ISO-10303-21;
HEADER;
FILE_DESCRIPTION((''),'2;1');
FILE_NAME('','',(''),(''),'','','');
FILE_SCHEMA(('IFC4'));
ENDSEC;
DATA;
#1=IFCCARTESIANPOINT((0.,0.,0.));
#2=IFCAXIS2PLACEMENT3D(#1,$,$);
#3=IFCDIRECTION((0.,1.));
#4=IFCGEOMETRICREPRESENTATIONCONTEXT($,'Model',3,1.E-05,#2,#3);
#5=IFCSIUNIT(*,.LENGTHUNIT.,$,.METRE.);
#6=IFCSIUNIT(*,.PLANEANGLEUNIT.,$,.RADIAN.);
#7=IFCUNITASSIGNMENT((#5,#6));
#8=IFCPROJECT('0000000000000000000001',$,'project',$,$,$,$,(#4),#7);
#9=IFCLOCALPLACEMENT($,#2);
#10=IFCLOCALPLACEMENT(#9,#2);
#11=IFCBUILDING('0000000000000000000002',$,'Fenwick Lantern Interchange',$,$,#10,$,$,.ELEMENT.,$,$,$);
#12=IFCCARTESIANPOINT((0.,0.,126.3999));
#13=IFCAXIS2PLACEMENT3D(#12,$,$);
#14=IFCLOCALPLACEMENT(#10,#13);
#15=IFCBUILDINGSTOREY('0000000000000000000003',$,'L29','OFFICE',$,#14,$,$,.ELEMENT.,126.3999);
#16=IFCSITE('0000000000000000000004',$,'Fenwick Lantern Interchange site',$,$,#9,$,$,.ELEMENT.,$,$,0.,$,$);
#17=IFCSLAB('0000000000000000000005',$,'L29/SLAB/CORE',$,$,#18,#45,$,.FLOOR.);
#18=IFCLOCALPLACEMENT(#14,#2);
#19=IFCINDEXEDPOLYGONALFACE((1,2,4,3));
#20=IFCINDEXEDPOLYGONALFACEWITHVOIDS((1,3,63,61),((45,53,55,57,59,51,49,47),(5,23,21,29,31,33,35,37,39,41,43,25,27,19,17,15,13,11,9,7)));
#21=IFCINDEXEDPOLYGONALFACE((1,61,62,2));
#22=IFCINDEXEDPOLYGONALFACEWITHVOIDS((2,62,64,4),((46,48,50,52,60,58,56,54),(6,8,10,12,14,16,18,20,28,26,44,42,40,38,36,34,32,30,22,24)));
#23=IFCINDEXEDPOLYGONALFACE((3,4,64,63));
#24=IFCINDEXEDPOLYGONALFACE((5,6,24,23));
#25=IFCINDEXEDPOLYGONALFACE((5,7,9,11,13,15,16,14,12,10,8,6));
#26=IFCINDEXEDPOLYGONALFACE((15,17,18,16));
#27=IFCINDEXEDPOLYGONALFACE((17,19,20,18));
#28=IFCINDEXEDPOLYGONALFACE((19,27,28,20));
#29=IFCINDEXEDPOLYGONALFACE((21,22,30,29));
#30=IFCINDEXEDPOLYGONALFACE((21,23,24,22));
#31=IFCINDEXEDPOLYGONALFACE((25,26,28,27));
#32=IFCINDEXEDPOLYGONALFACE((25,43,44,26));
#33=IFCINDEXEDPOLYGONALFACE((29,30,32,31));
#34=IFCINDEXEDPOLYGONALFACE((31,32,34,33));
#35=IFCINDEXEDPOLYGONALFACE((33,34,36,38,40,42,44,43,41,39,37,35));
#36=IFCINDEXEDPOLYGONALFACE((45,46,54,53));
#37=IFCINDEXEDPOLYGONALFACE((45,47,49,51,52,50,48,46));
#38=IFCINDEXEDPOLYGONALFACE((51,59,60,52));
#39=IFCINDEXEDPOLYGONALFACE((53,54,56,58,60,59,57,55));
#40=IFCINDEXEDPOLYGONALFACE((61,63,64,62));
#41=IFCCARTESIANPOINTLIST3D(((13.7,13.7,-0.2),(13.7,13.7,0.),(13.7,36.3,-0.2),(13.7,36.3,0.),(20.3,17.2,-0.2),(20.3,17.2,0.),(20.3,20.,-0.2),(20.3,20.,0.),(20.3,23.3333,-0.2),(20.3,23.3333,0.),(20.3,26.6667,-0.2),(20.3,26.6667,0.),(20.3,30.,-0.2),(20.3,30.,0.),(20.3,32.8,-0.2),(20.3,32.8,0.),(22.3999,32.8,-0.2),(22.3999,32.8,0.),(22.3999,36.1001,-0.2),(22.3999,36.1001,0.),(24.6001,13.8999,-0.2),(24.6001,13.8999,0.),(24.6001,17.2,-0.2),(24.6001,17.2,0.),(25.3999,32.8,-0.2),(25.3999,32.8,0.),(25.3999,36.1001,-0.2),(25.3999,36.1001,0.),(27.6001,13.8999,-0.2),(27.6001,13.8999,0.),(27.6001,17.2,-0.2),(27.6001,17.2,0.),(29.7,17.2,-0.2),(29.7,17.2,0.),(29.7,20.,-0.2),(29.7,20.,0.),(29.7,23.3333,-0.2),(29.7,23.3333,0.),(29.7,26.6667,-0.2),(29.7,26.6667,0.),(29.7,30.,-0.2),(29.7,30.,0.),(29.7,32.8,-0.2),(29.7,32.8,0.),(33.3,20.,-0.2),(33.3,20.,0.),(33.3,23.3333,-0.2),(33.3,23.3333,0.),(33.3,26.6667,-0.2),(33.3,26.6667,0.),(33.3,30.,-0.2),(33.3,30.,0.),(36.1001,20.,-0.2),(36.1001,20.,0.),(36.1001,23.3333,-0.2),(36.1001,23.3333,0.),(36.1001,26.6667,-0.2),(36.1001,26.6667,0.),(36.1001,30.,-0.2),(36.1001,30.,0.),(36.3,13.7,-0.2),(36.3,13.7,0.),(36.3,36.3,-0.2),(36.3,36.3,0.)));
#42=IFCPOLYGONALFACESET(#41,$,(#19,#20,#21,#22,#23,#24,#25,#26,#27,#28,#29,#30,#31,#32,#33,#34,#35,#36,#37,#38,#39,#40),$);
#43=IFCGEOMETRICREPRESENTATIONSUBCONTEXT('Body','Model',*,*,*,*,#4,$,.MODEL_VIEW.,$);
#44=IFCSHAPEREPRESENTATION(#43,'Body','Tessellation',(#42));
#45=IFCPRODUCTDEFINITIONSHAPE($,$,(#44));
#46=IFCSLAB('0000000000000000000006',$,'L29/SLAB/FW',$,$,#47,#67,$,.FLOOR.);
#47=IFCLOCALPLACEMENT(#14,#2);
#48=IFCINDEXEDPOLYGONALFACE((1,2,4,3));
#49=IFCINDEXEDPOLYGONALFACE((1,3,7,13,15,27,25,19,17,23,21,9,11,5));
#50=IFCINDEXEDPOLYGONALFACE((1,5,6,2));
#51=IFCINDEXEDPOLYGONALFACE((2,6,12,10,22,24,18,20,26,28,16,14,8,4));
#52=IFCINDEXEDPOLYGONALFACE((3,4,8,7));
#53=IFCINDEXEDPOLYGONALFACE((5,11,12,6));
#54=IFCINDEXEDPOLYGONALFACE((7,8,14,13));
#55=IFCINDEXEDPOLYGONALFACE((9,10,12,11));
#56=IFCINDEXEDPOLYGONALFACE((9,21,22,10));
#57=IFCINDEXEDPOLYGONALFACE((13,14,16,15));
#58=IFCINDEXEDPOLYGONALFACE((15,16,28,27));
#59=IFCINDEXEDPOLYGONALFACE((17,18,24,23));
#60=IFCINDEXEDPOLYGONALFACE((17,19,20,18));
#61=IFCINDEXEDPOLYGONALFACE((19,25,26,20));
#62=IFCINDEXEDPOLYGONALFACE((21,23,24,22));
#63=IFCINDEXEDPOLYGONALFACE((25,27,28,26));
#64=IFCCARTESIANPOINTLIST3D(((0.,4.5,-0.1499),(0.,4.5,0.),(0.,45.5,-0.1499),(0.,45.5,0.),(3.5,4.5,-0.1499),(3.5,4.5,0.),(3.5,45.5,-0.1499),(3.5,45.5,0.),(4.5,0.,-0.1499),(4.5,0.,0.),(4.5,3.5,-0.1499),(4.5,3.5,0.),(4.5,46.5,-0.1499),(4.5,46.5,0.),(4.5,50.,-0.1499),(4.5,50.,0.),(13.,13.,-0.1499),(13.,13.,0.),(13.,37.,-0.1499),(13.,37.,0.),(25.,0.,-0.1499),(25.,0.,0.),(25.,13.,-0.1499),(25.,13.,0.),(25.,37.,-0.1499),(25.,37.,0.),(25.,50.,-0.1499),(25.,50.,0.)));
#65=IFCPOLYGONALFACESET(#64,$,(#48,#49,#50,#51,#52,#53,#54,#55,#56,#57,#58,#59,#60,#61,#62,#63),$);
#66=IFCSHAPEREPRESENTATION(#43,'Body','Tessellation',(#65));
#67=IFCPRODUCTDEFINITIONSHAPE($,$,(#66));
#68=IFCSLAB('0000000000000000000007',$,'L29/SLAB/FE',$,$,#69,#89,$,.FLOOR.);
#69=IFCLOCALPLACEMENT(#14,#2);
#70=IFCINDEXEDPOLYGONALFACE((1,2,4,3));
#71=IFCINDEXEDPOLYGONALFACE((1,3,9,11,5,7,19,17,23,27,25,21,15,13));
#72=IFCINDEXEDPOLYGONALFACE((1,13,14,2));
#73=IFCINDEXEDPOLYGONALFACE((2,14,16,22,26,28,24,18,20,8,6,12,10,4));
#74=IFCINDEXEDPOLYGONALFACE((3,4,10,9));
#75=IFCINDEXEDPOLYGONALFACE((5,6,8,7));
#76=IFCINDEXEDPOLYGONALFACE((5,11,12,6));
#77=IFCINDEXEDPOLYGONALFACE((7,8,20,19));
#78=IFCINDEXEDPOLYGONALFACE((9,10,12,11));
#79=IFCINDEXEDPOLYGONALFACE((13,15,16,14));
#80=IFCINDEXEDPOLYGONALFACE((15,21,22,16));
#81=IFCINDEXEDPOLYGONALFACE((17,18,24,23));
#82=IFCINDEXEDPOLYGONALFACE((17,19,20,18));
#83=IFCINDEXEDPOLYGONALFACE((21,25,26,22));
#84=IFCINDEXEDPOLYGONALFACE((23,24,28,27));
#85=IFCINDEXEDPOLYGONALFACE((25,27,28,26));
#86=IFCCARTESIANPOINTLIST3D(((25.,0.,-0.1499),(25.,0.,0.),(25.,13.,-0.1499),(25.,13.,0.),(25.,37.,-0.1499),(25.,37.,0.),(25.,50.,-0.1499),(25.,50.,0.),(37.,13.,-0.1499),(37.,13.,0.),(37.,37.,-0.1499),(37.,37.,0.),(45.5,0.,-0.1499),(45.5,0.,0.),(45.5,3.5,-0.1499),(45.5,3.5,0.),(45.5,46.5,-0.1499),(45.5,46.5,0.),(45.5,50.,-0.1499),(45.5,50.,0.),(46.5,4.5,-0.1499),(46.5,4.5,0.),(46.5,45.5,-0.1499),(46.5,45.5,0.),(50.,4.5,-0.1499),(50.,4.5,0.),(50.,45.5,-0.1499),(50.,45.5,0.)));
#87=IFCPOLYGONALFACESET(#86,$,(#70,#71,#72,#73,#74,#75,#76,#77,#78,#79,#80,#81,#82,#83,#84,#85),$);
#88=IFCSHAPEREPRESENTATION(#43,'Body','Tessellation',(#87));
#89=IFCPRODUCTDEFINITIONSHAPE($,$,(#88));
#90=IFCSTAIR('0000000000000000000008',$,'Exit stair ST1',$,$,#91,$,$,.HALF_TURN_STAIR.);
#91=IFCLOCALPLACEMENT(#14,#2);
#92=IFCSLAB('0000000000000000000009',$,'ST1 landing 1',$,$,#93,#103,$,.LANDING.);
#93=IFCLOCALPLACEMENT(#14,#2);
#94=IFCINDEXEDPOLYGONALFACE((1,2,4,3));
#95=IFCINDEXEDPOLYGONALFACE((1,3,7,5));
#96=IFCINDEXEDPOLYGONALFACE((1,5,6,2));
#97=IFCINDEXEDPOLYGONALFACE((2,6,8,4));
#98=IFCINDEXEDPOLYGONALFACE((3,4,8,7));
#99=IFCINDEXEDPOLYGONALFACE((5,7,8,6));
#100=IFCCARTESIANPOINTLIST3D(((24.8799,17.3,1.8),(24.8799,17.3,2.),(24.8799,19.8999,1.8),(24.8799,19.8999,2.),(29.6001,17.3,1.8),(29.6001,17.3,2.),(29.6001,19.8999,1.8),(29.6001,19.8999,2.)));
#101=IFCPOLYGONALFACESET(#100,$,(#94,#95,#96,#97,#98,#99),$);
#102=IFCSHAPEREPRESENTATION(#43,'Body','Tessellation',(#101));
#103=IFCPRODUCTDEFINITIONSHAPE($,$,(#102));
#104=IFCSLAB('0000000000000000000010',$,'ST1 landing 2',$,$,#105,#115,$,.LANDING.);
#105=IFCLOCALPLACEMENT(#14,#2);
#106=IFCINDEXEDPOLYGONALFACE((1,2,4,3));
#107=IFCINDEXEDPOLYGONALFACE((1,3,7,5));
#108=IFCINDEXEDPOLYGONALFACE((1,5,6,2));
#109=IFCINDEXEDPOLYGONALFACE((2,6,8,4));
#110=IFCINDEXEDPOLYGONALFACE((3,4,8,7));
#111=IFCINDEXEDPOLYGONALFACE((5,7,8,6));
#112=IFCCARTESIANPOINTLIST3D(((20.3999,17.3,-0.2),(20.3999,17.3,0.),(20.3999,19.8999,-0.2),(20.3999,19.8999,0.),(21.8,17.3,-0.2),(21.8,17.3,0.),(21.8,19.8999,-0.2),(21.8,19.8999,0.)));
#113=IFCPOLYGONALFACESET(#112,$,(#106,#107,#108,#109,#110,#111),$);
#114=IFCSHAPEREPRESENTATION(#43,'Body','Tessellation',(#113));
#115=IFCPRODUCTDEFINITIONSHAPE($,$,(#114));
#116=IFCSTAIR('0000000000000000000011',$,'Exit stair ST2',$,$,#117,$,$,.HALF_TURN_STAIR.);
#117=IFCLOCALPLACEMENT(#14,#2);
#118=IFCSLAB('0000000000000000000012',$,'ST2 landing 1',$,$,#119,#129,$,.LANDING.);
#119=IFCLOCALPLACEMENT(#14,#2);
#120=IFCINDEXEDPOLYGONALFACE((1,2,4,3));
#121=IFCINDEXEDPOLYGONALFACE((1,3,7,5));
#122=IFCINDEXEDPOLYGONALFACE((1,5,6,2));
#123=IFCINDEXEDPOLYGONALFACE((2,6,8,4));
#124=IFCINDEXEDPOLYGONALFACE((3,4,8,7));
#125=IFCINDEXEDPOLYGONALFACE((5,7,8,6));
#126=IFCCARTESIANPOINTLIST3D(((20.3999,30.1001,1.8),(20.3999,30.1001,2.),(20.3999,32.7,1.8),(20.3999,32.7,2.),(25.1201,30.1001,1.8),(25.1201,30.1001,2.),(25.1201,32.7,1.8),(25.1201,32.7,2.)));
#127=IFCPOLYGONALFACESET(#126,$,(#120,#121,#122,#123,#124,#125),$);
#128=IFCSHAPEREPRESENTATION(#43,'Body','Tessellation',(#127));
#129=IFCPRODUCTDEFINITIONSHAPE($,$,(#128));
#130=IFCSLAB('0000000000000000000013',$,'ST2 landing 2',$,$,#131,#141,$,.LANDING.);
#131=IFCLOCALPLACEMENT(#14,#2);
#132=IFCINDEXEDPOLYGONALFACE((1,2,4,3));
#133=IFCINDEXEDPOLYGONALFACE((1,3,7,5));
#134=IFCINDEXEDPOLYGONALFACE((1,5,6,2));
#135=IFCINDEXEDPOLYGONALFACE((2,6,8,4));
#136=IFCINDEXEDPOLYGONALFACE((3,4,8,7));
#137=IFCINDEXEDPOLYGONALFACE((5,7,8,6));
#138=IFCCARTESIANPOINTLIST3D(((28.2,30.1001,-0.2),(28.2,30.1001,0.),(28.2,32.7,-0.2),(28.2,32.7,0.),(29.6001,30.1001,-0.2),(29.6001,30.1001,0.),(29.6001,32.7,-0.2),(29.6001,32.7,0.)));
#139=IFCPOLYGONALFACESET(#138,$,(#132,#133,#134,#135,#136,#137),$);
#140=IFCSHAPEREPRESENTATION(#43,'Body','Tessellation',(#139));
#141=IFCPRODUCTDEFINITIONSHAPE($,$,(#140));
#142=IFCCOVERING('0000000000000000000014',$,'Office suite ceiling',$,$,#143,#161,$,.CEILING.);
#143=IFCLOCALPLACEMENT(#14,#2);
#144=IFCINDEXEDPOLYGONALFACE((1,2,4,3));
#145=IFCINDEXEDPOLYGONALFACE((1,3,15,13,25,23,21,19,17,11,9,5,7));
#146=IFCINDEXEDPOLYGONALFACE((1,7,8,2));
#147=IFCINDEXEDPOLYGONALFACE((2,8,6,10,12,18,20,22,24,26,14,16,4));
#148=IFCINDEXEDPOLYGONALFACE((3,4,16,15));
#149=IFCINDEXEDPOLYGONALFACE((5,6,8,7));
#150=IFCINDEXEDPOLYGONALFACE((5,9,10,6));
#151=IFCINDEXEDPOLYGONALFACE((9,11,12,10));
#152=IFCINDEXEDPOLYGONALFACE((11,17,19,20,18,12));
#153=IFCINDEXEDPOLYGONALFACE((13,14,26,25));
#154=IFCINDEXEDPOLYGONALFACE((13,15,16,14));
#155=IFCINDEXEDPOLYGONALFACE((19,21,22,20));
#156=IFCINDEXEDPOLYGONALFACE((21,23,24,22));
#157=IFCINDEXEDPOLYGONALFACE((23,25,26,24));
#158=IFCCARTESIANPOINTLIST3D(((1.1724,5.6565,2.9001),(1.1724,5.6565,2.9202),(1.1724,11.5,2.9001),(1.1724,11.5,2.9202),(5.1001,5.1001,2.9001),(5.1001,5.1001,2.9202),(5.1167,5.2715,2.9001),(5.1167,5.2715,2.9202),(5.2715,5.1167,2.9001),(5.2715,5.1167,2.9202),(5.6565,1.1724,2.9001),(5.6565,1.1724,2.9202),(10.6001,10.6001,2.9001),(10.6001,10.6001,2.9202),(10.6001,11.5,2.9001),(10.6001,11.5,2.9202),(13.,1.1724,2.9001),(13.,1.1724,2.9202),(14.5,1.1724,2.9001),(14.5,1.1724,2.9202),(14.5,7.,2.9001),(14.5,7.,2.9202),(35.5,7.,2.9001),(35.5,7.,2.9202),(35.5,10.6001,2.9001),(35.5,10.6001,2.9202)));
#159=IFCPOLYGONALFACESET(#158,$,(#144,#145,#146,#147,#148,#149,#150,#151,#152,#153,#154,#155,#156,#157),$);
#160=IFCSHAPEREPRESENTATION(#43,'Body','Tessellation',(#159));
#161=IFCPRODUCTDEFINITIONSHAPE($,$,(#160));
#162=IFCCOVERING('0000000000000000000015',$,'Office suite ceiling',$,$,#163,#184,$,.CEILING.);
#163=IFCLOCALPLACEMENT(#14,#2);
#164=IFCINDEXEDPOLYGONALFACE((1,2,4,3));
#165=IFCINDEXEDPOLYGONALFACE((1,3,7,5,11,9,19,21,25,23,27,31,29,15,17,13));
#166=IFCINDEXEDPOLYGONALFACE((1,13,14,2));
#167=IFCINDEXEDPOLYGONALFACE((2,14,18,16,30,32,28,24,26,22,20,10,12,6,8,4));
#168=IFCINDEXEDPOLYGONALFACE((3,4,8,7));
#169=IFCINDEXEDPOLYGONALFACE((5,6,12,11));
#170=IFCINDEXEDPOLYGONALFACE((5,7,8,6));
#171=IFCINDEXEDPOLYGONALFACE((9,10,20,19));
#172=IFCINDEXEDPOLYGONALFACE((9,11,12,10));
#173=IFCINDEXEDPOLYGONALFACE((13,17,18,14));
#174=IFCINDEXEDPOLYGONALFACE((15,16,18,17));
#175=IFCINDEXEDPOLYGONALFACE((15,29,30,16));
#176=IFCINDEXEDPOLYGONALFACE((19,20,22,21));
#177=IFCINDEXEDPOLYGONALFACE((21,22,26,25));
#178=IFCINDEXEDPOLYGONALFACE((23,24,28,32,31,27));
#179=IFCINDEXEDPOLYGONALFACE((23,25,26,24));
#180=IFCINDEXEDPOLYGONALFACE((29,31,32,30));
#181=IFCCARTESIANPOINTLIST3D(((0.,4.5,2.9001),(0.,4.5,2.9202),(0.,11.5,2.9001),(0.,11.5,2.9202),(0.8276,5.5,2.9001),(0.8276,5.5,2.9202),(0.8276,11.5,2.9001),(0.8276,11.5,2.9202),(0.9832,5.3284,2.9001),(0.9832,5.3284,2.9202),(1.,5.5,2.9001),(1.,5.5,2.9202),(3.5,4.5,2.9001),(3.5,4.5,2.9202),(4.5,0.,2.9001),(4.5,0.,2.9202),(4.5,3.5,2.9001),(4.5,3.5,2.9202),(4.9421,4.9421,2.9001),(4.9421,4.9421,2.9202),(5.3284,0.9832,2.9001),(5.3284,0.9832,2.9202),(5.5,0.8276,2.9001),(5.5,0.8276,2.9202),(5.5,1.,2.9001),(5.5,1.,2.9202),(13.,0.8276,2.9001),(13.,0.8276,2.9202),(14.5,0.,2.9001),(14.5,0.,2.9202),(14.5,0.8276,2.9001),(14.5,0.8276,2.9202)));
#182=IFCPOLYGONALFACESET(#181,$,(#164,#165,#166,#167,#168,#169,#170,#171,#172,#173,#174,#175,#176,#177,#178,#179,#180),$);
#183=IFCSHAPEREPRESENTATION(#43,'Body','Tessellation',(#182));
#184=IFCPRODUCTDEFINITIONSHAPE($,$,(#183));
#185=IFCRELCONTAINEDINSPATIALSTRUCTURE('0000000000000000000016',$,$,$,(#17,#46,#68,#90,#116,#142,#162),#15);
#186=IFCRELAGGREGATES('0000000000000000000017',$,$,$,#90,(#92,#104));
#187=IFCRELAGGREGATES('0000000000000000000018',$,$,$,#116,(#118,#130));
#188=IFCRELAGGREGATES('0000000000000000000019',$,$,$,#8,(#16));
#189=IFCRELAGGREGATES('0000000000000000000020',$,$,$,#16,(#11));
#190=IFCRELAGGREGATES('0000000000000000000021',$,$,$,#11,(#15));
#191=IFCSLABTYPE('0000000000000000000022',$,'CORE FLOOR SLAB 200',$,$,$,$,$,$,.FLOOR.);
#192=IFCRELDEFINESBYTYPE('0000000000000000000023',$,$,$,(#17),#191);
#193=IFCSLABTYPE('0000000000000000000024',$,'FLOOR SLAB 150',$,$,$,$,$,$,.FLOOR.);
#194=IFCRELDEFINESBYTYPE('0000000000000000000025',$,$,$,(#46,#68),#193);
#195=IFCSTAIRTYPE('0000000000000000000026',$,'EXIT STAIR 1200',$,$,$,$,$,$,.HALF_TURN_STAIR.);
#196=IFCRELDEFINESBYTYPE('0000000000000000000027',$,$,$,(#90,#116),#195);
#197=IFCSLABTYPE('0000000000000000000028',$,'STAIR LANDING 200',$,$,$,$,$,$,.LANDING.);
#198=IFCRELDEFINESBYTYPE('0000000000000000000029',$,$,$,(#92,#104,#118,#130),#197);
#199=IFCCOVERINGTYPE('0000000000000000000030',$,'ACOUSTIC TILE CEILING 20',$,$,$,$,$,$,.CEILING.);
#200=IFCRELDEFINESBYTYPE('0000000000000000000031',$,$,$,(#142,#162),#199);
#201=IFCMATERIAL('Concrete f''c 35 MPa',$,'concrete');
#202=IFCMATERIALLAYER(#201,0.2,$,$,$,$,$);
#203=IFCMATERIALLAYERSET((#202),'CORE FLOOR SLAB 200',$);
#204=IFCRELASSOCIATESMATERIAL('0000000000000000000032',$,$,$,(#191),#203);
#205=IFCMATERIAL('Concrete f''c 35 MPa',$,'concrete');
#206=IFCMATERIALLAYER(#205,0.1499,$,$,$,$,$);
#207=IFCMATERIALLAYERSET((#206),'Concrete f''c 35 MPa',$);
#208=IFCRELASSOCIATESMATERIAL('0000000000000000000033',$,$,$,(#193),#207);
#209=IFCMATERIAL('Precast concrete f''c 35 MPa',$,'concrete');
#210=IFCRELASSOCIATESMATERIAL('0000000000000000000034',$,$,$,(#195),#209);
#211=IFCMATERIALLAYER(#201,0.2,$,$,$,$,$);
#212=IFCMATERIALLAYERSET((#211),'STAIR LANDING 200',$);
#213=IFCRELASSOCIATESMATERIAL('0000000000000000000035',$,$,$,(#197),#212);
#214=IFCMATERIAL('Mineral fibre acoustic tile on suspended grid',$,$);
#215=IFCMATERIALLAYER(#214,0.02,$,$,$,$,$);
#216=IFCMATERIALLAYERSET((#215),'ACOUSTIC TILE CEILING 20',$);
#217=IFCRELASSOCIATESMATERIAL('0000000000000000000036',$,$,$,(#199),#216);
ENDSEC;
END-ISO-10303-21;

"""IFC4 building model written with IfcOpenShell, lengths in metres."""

from ifc_helpers import new_model, si_unit, direction, frame, origin, place, context, subcontext, project, spatial, polyline, outline, extrude, material, layer, layer_set, type_object, element, aggregate, save


model = new_model("IFC4")

# Units and contexts
model_context = context("Model", 3, precision=1e-05, world=origin(), true_north=direction((0.0, 1.0)))
body_context = subcontext(model_context, "Body", "Model", "MODEL_VIEW")
ifc_project = project(units=[si_unit("LENGTHUNIT", "METRE"), si_unit("PLANEANGLEUNIT", "RADIAN")], contexts=[model_context])

# Site, building, storey
site_placement = place(None, origin())
site = spatial("IfcSite", under=ifc_project, at=site_placement, Name="Fenwick Lantern Interchange site", CompositionType="ELEMENT", RefElevation=0.0)
building_placement = place(site_placement, origin())
building = spatial("IfcBuilding", under=site, at=building_placement, Name="Fenwick Lantern Interchange", CompositionType="ELEMENT")
storey_placement = place(building_placement, frame((0.0, 0.0, 126.3999)))
storey = spatial("IfcBuildingStorey", under=building, at=storey_placement, Name="L29", Description="OFFICE", CompositionType="ELEMENT", Elevation=126.3999)

# Slabs
ifc_material_1 = material(Name="Concrete f'c 35 MPa", Category="concrete")
ifc_layer_1 = layer(ifc_material_1, 0.2)
ifc_layer_set_1 = layer_set([ifc_layer_1], Name="CORE FLOOR SLAB 200")
slab_type_1 = type_object("IfcSlabType", Name="CORE FLOOR SLAB 200", PredefinedType="FLOOR", material=ifc_layer_set_1)
slab_1_placement = place(storey_placement, frame((0.0, 0.0, -0.2)))
element("IfcSlab", 1, at=slab_1_placement, inside=storey, type_object=slab_type_1, Name="L29/SLAB/CORE", PredefinedType="FLOOR", context=body_context, shape_type="SweptSolid", body=[
    extrude(outline(polyline([(13.7, 36.3), (36.3, 36.3), (36.3, 13.7), (13.7, 13.7), (13.7, 36.3)]), holes=[polyline([(29.7, 17.2), (29.7, 20.0), (29.7, 23.3333), (29.7, 26.6667), (29.7, 30.0), (29.7, 32.8), (25.3999, 32.8), (25.3999, 36.1001), (22.3999, 36.1001), (22.3999, 32.8), (20.3, 32.8), (20.3, 30.0), (20.3, 26.6667), (20.3, 23.3333), (20.3, 20.0), (20.3, 17.2), (24.6001, 17.2), (24.6001, 13.8999), (27.6001, 13.8999), (27.6001, 17.2), (29.7, 17.2)]), polyline([(33.3, 23.3333), (33.3, 20.0), (36.1001, 20.0), (36.1001, 23.3333), (36.1001, 26.6667), (36.1001, 30.0), (33.3, 30.0), (33.3, 26.6667), (33.3, 23.3333)])]), origin(), (0.0, 0.0, 1.0), 0.2),
])
ifc_material_2 = material(Name="Concrete f'c 35 MPa", Category="concrete")
ifc_layer_2 = layer(ifc_material_2, 0.1499)
ifc_layer_set_2 = layer_set([ifc_layer_2], Name="Concrete f'c 35 MPa")
slab_type_2 = type_object("IfcSlabType", Name="FLOOR SLAB 150", PredefinedType="FLOOR", material=ifc_layer_set_2)
slab_2_placement = place(storey_placement, frame((0.0, 0.0, -0.1499)))
element("IfcSlab", 2, at=slab_2_placement, inside=storey, type_object=slab_type_2, Name="L29/SLAB/FW", PredefinedType="FLOOR", context=body_context, shape_type="SweptSolid", body=[
    extrude(outline(polyline([(4.5, 0.0), (4.5, 3.5), (3.5, 4.5), (0.0, 4.5), (0.0, 45.5), (3.5, 45.5), (4.5, 46.5), (4.5, 50.0), (25.0, 50.0), (25.0, 37.0), (13.0, 37.0), (13.0, 13.0), (25.0, 13.0), (25.0, 0.0), (4.5, 0.0)])), origin(), (0.0, 0.0, 1.0), 0.1499),
])
slab_3_placement = place(storey_placement, frame((0.0, 0.0, -0.1499)))
element("IfcSlab", 3, at=slab_3_placement, inside=storey, type_object=slab_type_2, Name="L29/SLAB/FE", PredefinedType="FLOOR", context=body_context, shape_type="SweptSolid", body=[
    extrude(outline(polyline([(45.5, 50.0), (45.5, 46.5), (46.5, 45.5), (50.0, 45.5), (50.0, 4.5), (46.5, 4.5), (45.5, 3.5), (45.5, 0.0), (25.0, 0.0), (25.0, 13.0), (37.0, 13.0), (37.0, 37.0), (25.0, 37.0), (25.0, 50.0), (45.5, 50.0)])), origin(), (0.0, 0.0, 1.0), 0.1499),
])

# Stairs, slabs
ifc_material_3 = material(Name="Precast concrete f'c 35 MPa", Category="concrete")
stair_type = type_object("IfcStairType", Name="EXIT STAIR 1200", PredefinedType="HALF_TURN_STAIR", material=ifc_material_3)
stair_1_placement = place(storey_placement, origin())
stair_1 = element("IfcStair", 4, at=stair_1_placement, inside=storey, type_object=stair_type, Name="Exit stair ST1", PredefinedType="HALF_TURN_STAIR")
ifc_layer_3 = layer(ifc_material_1, 0.2)
ifc_layer_set_3 = layer_set([ifc_layer_3], Name="STAIR LANDING 200")
slab_type_3 = type_object("IfcSlabType", Name="STAIR LANDING 200", PredefinedType="LANDING", material=ifc_layer_set_3)
slab_4_placement = place(storey_placement, frame((0.0, 0.0, 1.8)))
slab_4 = element("IfcSlab", 5, at=slab_4_placement, type_object=slab_type_3, Name="ST1 landing 1", PredefinedType="LANDING", context=body_context, shape_type="SweptSolid", body=[
    extrude(outline(polyline([(24.8799, 17.3), (29.6001, 17.3), (29.6001, 19.8999), (24.8799, 19.8999), (24.8799, 17.3)])), origin(), (0.0, 0.0, 1.0), 0.2),
])
slab_5_placement = place(storey_placement, frame((0.0, 0.0, -0.2)))
slab_5 = element("IfcSlab", 6, at=slab_5_placement, type_object=slab_type_3, Name="ST1 landing 2", PredefinedType="LANDING", context=body_context, shape_type="SweptSolid", body=[
    extrude(outline(polyline([(20.3999, 17.3), (21.8, 17.3), (21.8, 19.8999), (20.3999, 19.8999), (20.3999, 17.3)])), origin(), (0.0, 0.0, 1.0), 0.2),
])
aggregate(stair_1, [slab_4, slab_5])
stair_2_placement = place(storey_placement, origin())
stair_2 = element("IfcStair", 7, at=stair_2_placement, inside=storey, type_object=stair_type, Name="Exit stair ST2", PredefinedType="HALF_TURN_STAIR")
slab_6_placement = place(storey_placement, frame((0.0, 0.0, 1.8)))
slab_6 = element("IfcSlab", 8, at=slab_6_placement, type_object=slab_type_3, Name="ST2 landing 1", PredefinedType="LANDING", context=body_context, shape_type="SweptSolid", body=[
    extrude(outline(polyline([(25.1201, 32.7), (20.3999, 32.7), (20.3999, 30.1001), (25.1201, 30.1001), (25.1201, 32.7)])), origin(), (0.0, 0.0, 1.0), 0.2),
])
slab_7_placement = place(storey_placement, frame((0.0, 0.0, -0.2)))
slab_7 = element("IfcSlab", 9, at=slab_7_placement, type_object=slab_type_3, Name="ST2 landing 2", PredefinedType="LANDING", context=body_context, shape_type="SweptSolid", body=[
    extrude(outline(polyline([(29.6001, 32.7), (28.2, 32.7), (28.2, 30.1001), (29.6001, 30.1001), (29.6001, 32.7)])), origin(), (0.0, 0.0, 1.0), 0.2),
])
aggregate(stair_2, [slab_6, slab_7])

# Coverings
ifc_material_4 = material(Name="Mineral fibre acoustic tile on suspended grid")
ifc_layer_4 = layer(ifc_material_4, 0.02)
ifc_layer_set_4 = layer_set([ifc_layer_4], Name="ACOUSTIC TILE CEILING 20")
covering_type_1 = type_object("IfcCoveringType", Name="ACOUSTIC TILE CEILING 20", PredefinedType="CEILING", material=ifc_layer_set_4)
covering_1_placement = place(storey_placement, frame((0.0, 0.0, 2.9001)))
element("IfcCovering", 10, at=covering_1_placement, inside=storey, type_object=covering_type_1, Name="Office suite ceiling", PredefinedType="CEILING", context=body_context, shape_type="SweptSolid", body=[
    extrude(outline(polyline([(10.6001, 11.5), (1.1724, 11.5), (1.1724, 5.6565), (5.1167, 5.2715), (5.1001, 5.1001), (5.2715, 5.1167), (5.6565, 1.1724), (13.0, 1.1724), (14.5, 1.1724), (14.5, 7.0), (35.5, 7.0), (35.5, 10.6001), (10.6001, 10.6001), (10.6001, 11.5)])), origin(), (0.0, 0.0, 1.0), 0.02),
])
covering_2_placement = place(storey_placement, frame((0.0, 0.0, 2.9001)))
element("IfcCovering", 11, at=covering_2_placement, inside=storey, type_object=covering_type_1, Name="Office suite ceiling", PredefinedType="CEILING", context=body_context, shape_type="SweptSolid", body=[
    extrude(outline(polyline([(0.8276, 11.5), (0.0, 11.5), (0.0, 4.5), (3.5, 4.5), (4.5, 3.5), (4.5, 0.0), (14.5, 0.0), (14.5, 0.8276), (13.0, 0.8276), (5.5, 0.8276), (5.5, 1.0), (5.3284, 0.9832), (4.9421, 4.9421), (0.9832, 5.3284), (1.0, 5.5), (0.8276, 5.5), (0.8276, 11.5)])), origin(), (0.0, 0.0, 1.0), 0.02),
])

save(model, "model.ifc")
